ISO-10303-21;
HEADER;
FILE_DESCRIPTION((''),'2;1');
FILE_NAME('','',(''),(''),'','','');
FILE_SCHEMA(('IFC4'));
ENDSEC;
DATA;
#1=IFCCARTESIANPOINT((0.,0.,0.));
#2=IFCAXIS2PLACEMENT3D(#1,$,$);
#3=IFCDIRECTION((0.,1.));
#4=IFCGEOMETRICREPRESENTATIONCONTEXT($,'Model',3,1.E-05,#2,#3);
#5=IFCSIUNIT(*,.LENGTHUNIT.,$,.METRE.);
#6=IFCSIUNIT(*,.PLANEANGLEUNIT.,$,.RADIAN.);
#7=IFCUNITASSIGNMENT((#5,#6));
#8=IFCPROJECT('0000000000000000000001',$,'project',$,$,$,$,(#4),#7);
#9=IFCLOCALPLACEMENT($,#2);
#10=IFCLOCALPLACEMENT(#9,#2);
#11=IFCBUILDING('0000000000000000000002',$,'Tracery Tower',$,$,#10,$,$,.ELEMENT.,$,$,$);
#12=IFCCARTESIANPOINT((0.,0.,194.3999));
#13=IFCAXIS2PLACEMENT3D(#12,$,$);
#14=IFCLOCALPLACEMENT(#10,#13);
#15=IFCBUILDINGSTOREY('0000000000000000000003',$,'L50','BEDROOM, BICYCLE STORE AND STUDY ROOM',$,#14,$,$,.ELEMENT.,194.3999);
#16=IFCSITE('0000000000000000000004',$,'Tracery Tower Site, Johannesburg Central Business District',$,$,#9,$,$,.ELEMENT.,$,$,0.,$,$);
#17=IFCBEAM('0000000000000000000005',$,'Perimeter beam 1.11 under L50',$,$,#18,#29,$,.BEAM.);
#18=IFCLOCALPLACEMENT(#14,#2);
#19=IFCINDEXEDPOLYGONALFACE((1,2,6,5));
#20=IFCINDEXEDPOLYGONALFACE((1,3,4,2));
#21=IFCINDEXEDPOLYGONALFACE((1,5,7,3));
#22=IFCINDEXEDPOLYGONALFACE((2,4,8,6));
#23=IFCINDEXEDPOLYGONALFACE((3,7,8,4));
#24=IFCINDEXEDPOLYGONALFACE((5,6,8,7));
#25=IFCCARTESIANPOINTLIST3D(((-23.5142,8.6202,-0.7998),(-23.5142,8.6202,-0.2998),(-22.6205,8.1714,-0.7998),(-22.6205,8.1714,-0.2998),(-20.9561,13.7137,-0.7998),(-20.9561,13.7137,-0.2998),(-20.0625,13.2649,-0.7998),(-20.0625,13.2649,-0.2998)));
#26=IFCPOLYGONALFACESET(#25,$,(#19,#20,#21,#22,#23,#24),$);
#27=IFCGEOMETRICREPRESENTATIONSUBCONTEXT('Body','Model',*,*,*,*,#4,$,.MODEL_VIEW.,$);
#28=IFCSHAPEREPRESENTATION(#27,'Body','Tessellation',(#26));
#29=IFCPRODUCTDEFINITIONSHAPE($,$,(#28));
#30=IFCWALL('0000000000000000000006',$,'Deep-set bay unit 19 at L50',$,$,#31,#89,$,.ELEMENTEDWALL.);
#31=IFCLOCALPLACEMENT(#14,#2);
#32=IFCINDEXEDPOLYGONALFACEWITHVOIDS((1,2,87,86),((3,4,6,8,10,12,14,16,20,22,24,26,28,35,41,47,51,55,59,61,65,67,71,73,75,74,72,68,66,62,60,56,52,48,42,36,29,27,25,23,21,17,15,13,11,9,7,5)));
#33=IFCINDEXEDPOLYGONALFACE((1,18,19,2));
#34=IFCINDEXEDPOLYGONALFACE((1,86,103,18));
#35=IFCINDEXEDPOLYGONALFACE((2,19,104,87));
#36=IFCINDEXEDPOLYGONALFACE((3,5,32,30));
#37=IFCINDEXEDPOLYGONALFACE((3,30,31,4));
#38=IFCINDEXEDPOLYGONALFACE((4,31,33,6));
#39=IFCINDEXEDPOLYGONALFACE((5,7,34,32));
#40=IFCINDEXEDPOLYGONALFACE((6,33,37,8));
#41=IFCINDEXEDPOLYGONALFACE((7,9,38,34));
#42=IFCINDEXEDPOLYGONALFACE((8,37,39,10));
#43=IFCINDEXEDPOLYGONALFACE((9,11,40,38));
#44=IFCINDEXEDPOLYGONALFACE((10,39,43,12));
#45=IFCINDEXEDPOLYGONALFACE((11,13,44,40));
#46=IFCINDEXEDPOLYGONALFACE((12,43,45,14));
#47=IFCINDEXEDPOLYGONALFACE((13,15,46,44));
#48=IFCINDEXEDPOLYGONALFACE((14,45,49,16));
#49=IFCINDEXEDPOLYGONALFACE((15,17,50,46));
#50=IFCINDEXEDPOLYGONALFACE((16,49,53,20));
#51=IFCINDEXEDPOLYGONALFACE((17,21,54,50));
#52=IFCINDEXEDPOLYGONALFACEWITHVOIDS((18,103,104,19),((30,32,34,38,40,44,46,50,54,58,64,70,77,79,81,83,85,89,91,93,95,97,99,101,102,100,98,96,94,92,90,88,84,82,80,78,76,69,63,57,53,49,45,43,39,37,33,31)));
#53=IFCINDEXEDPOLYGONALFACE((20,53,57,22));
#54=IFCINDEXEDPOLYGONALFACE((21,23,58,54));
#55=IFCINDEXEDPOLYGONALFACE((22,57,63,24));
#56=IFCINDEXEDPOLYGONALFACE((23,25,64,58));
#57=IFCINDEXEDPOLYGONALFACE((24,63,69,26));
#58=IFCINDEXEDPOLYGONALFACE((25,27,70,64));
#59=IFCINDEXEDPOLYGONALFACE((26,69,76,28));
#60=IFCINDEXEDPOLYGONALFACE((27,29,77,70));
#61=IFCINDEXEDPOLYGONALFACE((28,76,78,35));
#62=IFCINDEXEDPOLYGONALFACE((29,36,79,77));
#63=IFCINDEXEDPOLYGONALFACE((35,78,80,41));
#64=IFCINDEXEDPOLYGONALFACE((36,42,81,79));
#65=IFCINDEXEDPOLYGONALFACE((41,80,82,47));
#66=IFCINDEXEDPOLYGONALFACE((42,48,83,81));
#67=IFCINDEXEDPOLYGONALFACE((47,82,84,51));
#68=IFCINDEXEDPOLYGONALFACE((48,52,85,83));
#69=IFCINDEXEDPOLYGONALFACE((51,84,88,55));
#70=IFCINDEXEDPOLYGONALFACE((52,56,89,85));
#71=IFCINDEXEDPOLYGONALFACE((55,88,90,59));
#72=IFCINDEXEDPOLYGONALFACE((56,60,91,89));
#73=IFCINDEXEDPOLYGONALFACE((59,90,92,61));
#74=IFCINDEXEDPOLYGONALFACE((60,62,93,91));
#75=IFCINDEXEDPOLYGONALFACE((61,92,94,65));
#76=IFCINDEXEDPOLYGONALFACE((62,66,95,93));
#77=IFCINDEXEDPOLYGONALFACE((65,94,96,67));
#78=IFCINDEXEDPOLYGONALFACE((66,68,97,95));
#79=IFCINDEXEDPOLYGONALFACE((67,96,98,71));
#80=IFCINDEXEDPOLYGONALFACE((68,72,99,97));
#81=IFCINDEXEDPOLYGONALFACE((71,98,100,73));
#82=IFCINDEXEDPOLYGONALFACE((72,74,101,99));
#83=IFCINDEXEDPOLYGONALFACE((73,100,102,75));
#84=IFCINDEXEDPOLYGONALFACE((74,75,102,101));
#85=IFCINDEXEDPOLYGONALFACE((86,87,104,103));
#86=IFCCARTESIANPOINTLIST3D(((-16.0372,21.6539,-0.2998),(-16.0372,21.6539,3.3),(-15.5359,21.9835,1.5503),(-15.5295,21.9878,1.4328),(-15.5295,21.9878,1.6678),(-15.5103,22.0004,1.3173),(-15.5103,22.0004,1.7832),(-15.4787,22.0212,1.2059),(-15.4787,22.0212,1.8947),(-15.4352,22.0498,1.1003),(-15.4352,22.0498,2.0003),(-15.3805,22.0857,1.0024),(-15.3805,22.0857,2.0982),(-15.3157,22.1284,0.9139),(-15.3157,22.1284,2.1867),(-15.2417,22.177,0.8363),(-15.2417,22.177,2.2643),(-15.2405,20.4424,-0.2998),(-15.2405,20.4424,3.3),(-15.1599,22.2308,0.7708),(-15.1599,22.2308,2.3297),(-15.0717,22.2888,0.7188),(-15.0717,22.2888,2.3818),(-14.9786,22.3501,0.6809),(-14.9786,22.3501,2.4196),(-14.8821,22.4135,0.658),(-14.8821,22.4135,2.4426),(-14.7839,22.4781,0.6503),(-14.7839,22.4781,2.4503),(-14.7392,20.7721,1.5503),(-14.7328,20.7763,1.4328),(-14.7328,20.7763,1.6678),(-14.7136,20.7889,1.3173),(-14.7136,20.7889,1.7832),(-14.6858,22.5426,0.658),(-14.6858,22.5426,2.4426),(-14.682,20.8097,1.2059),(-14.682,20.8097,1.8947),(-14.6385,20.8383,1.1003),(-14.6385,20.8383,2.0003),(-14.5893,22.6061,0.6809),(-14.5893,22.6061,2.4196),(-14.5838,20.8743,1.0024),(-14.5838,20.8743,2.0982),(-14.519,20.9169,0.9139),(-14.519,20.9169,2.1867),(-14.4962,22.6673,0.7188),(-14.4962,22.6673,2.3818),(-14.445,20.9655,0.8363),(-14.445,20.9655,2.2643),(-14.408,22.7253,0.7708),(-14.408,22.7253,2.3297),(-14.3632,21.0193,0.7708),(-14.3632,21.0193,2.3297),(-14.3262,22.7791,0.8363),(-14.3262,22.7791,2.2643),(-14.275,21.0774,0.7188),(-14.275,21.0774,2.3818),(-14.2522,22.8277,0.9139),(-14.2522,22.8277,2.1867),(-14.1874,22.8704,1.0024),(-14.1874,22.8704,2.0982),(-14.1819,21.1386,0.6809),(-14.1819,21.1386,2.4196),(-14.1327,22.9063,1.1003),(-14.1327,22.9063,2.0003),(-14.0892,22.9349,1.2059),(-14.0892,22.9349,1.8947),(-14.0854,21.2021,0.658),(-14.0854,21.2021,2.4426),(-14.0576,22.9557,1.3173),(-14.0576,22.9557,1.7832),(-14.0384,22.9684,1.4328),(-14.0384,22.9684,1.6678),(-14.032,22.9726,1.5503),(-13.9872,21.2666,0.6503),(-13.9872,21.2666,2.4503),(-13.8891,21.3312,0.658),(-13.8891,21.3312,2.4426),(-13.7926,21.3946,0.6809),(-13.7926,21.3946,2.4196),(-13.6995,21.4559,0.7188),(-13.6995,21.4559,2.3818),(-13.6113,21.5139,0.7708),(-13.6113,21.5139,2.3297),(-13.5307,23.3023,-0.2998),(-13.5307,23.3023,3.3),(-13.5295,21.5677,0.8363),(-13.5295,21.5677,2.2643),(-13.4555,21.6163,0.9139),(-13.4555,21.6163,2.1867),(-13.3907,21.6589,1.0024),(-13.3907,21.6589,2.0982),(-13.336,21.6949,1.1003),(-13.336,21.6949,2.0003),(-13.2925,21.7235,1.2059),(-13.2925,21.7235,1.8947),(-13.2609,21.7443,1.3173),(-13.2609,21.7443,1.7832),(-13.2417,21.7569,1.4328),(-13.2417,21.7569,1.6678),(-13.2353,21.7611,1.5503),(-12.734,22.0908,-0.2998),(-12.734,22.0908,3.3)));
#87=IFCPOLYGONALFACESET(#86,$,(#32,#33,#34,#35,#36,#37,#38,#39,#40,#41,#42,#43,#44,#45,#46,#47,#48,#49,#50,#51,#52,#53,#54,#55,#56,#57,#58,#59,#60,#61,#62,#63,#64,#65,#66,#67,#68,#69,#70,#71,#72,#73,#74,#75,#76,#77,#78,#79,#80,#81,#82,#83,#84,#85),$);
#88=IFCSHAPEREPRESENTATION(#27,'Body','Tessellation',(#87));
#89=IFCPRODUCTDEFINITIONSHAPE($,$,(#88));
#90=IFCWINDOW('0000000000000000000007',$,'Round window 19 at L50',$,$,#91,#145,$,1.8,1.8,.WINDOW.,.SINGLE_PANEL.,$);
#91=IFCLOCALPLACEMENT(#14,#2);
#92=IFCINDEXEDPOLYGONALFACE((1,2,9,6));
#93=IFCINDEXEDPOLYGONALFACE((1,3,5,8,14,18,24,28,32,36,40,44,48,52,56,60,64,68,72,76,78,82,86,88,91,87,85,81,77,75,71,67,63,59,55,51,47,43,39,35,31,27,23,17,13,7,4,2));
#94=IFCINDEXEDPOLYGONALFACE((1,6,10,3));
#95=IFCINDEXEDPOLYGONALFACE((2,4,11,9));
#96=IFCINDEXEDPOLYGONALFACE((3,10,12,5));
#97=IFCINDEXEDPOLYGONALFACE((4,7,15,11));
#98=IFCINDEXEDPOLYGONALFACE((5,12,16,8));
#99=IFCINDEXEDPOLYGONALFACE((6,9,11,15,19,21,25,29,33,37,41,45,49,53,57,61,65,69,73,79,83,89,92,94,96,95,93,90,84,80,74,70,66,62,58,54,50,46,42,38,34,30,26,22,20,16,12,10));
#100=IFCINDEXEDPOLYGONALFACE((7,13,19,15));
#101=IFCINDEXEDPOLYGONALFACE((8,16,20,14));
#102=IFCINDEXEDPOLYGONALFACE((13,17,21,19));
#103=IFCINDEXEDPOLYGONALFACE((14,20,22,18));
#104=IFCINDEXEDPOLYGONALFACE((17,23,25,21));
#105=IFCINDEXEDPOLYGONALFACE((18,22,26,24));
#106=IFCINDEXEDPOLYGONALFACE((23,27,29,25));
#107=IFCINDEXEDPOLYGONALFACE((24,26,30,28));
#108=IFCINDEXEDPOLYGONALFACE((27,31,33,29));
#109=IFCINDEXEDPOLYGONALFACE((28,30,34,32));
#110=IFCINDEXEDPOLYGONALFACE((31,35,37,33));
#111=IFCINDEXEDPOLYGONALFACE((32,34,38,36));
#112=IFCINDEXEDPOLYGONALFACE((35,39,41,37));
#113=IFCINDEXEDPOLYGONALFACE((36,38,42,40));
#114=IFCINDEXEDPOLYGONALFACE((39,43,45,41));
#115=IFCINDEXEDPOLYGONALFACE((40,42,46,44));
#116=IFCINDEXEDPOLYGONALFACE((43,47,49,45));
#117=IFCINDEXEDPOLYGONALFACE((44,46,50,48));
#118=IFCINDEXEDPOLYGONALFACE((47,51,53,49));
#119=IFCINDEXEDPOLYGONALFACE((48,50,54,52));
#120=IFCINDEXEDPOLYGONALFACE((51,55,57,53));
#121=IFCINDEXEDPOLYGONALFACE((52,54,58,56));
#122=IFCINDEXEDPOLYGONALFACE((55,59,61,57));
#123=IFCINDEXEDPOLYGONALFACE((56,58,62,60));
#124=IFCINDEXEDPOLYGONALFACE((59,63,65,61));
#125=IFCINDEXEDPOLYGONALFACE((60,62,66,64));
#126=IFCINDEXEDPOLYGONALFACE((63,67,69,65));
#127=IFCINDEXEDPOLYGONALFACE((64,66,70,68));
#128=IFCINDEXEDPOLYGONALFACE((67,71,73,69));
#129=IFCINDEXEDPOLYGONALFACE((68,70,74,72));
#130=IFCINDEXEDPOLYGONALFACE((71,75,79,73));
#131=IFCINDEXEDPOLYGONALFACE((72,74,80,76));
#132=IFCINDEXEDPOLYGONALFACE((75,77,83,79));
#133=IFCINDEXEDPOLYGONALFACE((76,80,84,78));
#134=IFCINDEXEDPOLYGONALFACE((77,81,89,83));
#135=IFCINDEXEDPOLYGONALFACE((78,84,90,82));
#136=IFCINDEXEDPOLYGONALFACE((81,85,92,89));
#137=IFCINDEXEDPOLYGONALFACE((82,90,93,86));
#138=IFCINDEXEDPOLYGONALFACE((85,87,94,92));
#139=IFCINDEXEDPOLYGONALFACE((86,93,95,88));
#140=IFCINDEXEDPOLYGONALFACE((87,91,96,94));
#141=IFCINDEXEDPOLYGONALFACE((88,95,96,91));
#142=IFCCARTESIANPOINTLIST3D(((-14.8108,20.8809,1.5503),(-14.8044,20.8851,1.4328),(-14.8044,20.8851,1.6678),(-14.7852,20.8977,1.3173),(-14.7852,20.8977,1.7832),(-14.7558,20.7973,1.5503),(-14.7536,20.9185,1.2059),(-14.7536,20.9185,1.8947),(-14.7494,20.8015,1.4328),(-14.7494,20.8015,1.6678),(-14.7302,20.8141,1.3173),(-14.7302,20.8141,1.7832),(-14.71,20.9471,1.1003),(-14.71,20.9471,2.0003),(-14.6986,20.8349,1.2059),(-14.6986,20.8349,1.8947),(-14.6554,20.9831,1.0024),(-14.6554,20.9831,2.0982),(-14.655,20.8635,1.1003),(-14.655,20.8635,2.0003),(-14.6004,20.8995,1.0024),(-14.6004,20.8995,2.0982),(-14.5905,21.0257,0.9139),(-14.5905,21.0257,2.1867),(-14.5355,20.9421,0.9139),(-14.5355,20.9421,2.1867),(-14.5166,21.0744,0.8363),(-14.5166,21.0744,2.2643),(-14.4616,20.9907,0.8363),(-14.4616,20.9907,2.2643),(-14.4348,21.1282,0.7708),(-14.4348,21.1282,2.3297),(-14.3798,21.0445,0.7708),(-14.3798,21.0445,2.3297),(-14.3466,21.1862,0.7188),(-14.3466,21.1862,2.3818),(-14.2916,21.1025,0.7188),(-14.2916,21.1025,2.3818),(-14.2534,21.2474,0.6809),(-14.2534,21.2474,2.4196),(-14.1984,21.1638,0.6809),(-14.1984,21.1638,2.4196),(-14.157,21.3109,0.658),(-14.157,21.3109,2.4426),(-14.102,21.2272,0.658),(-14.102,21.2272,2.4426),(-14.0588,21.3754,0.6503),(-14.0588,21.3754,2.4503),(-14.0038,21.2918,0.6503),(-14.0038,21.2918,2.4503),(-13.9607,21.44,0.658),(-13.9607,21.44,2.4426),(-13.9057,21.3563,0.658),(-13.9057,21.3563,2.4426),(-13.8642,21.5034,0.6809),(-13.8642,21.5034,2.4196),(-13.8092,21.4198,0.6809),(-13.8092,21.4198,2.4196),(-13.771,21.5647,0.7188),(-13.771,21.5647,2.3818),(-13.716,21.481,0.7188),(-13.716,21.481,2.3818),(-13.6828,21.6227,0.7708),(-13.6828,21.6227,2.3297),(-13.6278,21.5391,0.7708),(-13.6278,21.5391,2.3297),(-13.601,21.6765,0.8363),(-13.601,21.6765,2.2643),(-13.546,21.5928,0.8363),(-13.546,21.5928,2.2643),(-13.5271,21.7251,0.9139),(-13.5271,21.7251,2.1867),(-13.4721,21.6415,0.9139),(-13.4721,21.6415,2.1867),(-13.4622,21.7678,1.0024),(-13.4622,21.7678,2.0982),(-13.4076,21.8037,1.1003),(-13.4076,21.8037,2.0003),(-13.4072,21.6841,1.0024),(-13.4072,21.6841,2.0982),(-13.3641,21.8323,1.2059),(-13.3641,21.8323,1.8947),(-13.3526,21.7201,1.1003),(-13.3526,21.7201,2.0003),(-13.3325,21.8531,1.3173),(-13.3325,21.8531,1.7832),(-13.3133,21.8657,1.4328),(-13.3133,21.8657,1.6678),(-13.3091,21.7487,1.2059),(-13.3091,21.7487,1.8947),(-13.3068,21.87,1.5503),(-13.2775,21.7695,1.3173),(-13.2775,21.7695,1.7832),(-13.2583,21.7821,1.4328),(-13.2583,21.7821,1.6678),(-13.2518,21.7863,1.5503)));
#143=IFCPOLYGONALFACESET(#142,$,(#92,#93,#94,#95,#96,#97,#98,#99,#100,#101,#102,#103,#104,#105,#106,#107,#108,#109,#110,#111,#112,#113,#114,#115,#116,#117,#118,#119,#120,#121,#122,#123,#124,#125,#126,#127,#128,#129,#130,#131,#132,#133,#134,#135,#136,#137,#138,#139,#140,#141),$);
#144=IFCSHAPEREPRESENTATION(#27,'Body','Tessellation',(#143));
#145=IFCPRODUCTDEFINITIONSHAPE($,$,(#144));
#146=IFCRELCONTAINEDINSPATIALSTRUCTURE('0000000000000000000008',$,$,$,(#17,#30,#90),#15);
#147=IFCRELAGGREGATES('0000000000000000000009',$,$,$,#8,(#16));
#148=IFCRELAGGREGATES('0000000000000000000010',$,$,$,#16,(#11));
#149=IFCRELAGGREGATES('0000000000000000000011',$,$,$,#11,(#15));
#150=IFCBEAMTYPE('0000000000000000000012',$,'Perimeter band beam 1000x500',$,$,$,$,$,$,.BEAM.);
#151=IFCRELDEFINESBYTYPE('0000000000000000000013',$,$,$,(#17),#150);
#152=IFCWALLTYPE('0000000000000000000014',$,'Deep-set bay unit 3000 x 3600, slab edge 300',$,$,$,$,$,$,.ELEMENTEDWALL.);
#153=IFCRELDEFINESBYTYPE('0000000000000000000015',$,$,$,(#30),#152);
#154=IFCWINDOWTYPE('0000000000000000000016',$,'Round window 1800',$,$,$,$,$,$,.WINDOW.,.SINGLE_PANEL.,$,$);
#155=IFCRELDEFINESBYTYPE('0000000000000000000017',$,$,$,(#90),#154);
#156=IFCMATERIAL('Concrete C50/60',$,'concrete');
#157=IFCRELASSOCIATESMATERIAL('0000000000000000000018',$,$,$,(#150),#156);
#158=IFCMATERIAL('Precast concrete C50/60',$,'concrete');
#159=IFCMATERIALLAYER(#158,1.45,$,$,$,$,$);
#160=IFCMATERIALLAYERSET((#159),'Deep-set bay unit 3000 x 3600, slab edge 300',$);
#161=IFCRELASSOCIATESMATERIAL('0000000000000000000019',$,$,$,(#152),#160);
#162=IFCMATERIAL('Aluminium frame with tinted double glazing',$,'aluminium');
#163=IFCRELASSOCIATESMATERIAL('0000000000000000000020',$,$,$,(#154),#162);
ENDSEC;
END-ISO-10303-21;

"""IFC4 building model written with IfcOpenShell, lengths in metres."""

from ifc_helpers import new_model, si_unit, direction, frame, frame_2d, origin, origin_2d, place, context, subcontext, project, spatial, rectangle, circle, extrude, material, layer, layer_set, material_profile, profile_set, type_object, element, fill, save


model = new_model("IFC4")

# Units and contexts
model_context = context("Model", 3, precision=1e-05, world=origin(), true_north=direction((0.0, 1.0)))
body_context = subcontext(model_context, "Body", "Model", "MODEL_VIEW")
ifc_project = project(units=[si_unit("LENGTHUNIT", "METRE"), si_unit("PLANEANGLEUNIT", "RADIAN")], contexts=[model_context])

# Site, building, storey
site_placement = place(None, origin())
site = spatial("IfcSite", under=ifc_project, at=site_placement, Name="Tracery Tower Site, Johannesburg Central Business District", CompositionType="ELEMENT", RefElevation=0.0)
building_placement = place(site_placement, origin())
building = spatial("IfcBuilding", under=site, at=building_placement, Name="Tracery Tower", CompositionType="ELEMENT")
storey_placement = place(building_placement, frame((0.0, 0.0, 194.3999)))
storey = spatial("IfcBuildingStorey", under=building, at=storey_placement, Name="L50", Description="BEDROOM, BICYCLE STORE AND STUDY ROOM", CompositionType="ELEMENT", Elevation=194.3999)

# Beam
ifc_material_1 = material(Name="Concrete C50/60", Category="concrete")
ifc_material_profile_1 = material_profile(ifc_material_1, rectangle(XDim=1.0, YDim=0.5, at=origin_2d()), Name="RC 1000x500")
ifc_profile_set_1 = profile_set([ifc_material_profile_1], Name="Concrete C50/60")
beam_type_1 = type_object("IfcBeamType", Name="Perimeter band beam 1000x500", PredefinedType="BEAM", material=ifc_profile_set_1)
beam_1_placement = place(storey_placement, frame((-20.5093, 13.4893, -0.5498), z_axis=(-0.448806, -0.893629, 0.0), x_axis=(0.893629, -0.448806, 0.0)))
element("IfcBeam", 1, at=beam_1_placement, inside=storey, type_object=beam_type_1, Name="Perimeter beam 1.11 under L50", PredefinedType="BEAM", context=body_context, shape_type="SweptSolid", body=[
    extrude(rectangle(XDim=1.0, YDim=0.5, at=origin_2d()), origin(), (0.0, 0.0, 1.0), 5.6997),
])

# Wall, opening, window
ifc_material_2 = material(Name="Precast concrete C50/60", Category="concrete")
ifc_layer_1 = layer(ifc_material_2, 1.45)
ifc_layer_set_1 = layer_set([ifc_layer_1], Name="Deep-set bay unit 3000 x 3600, slab edge 300")
wall_type_1 = type_object("IfcWallType", Name="Deep-set bay unit 3000 x 3600, slab edge 300", PredefinedType="ELEMENTEDWALL", material=ifc_layer_set_1)
wall_1_placement = place(storey_placement, frame((-13.1323, 22.6965, -0.2998), z_axis=(0.0, 0.0, 1.0), x_axis=(-0.835514, -0.549469, 0.0)))
wall_1 = element("IfcWall", 2, at=wall_1_placement, inside=storey, type_object=wall_type_1, Name="Deep-set bay unit 19 at L50", PredefinedType="ELEMENTEDWALL", context=body_context, shape_type="SweptSolid", body=[
    extrude(rectangle(XDim=3.0, YDim=1.45, at=frame_2d((1.5, 0.0))), origin(), (0.0, 0.0, 1.0), 3.5999),
])
opening_1_placement = place(wall_1_placement, frame((1.5, 0.0, 1.8501)))
opening_1 = element("IfcOpeningElement", 3, at=opening_1_placement, cuts=wall_1, PredefinedType="OPENING", context=body_context, shape_type="SweptSolid", body=[
    extrude(circle(Radius=0.9, at=origin_2d()), frame((0.0, 0.7349, 0.0), z_axis=(0.0, -1.0, 0.0), x_axis=(1.0, 0.0, 0.0)), (0.0, 0.0, 1.0), 1.47),
])
ifc_material_3 = material(Name="Aluminium frame with tinted double glazing", Category="aluminium")
window_type = type_object("IfcWindowType", Name="Round window 1800", PartitioningType="SINGLE_PANEL", PredefinedType="WINDOW", material=ifc_material_3)
window_1_placement = place(opening_1_placement, origin())
window_1 = element("IfcWindow", 4, at=window_1_placement, inside=storey, type_object=window_type, Name="Round window 19 at L50", OverallHeight=1.8, OverallWidth=1.8, PartitioningType="SINGLE_PANEL", PredefinedType="WINDOW", context=body_context, shape_type="SweptSolid", body=[
    extrude(circle(Radius=0.9, at=origin_2d()), frame((0.0, 0.6948, 0.0), z_axis=(0.0, -1.0, 0.0), x_axis=(1.0, 0.0, 0.0)), (0.0, 0.0, 1.0), 0.1001),
])
fill(opening_1, window_1)

save(model, "model.ifc")
